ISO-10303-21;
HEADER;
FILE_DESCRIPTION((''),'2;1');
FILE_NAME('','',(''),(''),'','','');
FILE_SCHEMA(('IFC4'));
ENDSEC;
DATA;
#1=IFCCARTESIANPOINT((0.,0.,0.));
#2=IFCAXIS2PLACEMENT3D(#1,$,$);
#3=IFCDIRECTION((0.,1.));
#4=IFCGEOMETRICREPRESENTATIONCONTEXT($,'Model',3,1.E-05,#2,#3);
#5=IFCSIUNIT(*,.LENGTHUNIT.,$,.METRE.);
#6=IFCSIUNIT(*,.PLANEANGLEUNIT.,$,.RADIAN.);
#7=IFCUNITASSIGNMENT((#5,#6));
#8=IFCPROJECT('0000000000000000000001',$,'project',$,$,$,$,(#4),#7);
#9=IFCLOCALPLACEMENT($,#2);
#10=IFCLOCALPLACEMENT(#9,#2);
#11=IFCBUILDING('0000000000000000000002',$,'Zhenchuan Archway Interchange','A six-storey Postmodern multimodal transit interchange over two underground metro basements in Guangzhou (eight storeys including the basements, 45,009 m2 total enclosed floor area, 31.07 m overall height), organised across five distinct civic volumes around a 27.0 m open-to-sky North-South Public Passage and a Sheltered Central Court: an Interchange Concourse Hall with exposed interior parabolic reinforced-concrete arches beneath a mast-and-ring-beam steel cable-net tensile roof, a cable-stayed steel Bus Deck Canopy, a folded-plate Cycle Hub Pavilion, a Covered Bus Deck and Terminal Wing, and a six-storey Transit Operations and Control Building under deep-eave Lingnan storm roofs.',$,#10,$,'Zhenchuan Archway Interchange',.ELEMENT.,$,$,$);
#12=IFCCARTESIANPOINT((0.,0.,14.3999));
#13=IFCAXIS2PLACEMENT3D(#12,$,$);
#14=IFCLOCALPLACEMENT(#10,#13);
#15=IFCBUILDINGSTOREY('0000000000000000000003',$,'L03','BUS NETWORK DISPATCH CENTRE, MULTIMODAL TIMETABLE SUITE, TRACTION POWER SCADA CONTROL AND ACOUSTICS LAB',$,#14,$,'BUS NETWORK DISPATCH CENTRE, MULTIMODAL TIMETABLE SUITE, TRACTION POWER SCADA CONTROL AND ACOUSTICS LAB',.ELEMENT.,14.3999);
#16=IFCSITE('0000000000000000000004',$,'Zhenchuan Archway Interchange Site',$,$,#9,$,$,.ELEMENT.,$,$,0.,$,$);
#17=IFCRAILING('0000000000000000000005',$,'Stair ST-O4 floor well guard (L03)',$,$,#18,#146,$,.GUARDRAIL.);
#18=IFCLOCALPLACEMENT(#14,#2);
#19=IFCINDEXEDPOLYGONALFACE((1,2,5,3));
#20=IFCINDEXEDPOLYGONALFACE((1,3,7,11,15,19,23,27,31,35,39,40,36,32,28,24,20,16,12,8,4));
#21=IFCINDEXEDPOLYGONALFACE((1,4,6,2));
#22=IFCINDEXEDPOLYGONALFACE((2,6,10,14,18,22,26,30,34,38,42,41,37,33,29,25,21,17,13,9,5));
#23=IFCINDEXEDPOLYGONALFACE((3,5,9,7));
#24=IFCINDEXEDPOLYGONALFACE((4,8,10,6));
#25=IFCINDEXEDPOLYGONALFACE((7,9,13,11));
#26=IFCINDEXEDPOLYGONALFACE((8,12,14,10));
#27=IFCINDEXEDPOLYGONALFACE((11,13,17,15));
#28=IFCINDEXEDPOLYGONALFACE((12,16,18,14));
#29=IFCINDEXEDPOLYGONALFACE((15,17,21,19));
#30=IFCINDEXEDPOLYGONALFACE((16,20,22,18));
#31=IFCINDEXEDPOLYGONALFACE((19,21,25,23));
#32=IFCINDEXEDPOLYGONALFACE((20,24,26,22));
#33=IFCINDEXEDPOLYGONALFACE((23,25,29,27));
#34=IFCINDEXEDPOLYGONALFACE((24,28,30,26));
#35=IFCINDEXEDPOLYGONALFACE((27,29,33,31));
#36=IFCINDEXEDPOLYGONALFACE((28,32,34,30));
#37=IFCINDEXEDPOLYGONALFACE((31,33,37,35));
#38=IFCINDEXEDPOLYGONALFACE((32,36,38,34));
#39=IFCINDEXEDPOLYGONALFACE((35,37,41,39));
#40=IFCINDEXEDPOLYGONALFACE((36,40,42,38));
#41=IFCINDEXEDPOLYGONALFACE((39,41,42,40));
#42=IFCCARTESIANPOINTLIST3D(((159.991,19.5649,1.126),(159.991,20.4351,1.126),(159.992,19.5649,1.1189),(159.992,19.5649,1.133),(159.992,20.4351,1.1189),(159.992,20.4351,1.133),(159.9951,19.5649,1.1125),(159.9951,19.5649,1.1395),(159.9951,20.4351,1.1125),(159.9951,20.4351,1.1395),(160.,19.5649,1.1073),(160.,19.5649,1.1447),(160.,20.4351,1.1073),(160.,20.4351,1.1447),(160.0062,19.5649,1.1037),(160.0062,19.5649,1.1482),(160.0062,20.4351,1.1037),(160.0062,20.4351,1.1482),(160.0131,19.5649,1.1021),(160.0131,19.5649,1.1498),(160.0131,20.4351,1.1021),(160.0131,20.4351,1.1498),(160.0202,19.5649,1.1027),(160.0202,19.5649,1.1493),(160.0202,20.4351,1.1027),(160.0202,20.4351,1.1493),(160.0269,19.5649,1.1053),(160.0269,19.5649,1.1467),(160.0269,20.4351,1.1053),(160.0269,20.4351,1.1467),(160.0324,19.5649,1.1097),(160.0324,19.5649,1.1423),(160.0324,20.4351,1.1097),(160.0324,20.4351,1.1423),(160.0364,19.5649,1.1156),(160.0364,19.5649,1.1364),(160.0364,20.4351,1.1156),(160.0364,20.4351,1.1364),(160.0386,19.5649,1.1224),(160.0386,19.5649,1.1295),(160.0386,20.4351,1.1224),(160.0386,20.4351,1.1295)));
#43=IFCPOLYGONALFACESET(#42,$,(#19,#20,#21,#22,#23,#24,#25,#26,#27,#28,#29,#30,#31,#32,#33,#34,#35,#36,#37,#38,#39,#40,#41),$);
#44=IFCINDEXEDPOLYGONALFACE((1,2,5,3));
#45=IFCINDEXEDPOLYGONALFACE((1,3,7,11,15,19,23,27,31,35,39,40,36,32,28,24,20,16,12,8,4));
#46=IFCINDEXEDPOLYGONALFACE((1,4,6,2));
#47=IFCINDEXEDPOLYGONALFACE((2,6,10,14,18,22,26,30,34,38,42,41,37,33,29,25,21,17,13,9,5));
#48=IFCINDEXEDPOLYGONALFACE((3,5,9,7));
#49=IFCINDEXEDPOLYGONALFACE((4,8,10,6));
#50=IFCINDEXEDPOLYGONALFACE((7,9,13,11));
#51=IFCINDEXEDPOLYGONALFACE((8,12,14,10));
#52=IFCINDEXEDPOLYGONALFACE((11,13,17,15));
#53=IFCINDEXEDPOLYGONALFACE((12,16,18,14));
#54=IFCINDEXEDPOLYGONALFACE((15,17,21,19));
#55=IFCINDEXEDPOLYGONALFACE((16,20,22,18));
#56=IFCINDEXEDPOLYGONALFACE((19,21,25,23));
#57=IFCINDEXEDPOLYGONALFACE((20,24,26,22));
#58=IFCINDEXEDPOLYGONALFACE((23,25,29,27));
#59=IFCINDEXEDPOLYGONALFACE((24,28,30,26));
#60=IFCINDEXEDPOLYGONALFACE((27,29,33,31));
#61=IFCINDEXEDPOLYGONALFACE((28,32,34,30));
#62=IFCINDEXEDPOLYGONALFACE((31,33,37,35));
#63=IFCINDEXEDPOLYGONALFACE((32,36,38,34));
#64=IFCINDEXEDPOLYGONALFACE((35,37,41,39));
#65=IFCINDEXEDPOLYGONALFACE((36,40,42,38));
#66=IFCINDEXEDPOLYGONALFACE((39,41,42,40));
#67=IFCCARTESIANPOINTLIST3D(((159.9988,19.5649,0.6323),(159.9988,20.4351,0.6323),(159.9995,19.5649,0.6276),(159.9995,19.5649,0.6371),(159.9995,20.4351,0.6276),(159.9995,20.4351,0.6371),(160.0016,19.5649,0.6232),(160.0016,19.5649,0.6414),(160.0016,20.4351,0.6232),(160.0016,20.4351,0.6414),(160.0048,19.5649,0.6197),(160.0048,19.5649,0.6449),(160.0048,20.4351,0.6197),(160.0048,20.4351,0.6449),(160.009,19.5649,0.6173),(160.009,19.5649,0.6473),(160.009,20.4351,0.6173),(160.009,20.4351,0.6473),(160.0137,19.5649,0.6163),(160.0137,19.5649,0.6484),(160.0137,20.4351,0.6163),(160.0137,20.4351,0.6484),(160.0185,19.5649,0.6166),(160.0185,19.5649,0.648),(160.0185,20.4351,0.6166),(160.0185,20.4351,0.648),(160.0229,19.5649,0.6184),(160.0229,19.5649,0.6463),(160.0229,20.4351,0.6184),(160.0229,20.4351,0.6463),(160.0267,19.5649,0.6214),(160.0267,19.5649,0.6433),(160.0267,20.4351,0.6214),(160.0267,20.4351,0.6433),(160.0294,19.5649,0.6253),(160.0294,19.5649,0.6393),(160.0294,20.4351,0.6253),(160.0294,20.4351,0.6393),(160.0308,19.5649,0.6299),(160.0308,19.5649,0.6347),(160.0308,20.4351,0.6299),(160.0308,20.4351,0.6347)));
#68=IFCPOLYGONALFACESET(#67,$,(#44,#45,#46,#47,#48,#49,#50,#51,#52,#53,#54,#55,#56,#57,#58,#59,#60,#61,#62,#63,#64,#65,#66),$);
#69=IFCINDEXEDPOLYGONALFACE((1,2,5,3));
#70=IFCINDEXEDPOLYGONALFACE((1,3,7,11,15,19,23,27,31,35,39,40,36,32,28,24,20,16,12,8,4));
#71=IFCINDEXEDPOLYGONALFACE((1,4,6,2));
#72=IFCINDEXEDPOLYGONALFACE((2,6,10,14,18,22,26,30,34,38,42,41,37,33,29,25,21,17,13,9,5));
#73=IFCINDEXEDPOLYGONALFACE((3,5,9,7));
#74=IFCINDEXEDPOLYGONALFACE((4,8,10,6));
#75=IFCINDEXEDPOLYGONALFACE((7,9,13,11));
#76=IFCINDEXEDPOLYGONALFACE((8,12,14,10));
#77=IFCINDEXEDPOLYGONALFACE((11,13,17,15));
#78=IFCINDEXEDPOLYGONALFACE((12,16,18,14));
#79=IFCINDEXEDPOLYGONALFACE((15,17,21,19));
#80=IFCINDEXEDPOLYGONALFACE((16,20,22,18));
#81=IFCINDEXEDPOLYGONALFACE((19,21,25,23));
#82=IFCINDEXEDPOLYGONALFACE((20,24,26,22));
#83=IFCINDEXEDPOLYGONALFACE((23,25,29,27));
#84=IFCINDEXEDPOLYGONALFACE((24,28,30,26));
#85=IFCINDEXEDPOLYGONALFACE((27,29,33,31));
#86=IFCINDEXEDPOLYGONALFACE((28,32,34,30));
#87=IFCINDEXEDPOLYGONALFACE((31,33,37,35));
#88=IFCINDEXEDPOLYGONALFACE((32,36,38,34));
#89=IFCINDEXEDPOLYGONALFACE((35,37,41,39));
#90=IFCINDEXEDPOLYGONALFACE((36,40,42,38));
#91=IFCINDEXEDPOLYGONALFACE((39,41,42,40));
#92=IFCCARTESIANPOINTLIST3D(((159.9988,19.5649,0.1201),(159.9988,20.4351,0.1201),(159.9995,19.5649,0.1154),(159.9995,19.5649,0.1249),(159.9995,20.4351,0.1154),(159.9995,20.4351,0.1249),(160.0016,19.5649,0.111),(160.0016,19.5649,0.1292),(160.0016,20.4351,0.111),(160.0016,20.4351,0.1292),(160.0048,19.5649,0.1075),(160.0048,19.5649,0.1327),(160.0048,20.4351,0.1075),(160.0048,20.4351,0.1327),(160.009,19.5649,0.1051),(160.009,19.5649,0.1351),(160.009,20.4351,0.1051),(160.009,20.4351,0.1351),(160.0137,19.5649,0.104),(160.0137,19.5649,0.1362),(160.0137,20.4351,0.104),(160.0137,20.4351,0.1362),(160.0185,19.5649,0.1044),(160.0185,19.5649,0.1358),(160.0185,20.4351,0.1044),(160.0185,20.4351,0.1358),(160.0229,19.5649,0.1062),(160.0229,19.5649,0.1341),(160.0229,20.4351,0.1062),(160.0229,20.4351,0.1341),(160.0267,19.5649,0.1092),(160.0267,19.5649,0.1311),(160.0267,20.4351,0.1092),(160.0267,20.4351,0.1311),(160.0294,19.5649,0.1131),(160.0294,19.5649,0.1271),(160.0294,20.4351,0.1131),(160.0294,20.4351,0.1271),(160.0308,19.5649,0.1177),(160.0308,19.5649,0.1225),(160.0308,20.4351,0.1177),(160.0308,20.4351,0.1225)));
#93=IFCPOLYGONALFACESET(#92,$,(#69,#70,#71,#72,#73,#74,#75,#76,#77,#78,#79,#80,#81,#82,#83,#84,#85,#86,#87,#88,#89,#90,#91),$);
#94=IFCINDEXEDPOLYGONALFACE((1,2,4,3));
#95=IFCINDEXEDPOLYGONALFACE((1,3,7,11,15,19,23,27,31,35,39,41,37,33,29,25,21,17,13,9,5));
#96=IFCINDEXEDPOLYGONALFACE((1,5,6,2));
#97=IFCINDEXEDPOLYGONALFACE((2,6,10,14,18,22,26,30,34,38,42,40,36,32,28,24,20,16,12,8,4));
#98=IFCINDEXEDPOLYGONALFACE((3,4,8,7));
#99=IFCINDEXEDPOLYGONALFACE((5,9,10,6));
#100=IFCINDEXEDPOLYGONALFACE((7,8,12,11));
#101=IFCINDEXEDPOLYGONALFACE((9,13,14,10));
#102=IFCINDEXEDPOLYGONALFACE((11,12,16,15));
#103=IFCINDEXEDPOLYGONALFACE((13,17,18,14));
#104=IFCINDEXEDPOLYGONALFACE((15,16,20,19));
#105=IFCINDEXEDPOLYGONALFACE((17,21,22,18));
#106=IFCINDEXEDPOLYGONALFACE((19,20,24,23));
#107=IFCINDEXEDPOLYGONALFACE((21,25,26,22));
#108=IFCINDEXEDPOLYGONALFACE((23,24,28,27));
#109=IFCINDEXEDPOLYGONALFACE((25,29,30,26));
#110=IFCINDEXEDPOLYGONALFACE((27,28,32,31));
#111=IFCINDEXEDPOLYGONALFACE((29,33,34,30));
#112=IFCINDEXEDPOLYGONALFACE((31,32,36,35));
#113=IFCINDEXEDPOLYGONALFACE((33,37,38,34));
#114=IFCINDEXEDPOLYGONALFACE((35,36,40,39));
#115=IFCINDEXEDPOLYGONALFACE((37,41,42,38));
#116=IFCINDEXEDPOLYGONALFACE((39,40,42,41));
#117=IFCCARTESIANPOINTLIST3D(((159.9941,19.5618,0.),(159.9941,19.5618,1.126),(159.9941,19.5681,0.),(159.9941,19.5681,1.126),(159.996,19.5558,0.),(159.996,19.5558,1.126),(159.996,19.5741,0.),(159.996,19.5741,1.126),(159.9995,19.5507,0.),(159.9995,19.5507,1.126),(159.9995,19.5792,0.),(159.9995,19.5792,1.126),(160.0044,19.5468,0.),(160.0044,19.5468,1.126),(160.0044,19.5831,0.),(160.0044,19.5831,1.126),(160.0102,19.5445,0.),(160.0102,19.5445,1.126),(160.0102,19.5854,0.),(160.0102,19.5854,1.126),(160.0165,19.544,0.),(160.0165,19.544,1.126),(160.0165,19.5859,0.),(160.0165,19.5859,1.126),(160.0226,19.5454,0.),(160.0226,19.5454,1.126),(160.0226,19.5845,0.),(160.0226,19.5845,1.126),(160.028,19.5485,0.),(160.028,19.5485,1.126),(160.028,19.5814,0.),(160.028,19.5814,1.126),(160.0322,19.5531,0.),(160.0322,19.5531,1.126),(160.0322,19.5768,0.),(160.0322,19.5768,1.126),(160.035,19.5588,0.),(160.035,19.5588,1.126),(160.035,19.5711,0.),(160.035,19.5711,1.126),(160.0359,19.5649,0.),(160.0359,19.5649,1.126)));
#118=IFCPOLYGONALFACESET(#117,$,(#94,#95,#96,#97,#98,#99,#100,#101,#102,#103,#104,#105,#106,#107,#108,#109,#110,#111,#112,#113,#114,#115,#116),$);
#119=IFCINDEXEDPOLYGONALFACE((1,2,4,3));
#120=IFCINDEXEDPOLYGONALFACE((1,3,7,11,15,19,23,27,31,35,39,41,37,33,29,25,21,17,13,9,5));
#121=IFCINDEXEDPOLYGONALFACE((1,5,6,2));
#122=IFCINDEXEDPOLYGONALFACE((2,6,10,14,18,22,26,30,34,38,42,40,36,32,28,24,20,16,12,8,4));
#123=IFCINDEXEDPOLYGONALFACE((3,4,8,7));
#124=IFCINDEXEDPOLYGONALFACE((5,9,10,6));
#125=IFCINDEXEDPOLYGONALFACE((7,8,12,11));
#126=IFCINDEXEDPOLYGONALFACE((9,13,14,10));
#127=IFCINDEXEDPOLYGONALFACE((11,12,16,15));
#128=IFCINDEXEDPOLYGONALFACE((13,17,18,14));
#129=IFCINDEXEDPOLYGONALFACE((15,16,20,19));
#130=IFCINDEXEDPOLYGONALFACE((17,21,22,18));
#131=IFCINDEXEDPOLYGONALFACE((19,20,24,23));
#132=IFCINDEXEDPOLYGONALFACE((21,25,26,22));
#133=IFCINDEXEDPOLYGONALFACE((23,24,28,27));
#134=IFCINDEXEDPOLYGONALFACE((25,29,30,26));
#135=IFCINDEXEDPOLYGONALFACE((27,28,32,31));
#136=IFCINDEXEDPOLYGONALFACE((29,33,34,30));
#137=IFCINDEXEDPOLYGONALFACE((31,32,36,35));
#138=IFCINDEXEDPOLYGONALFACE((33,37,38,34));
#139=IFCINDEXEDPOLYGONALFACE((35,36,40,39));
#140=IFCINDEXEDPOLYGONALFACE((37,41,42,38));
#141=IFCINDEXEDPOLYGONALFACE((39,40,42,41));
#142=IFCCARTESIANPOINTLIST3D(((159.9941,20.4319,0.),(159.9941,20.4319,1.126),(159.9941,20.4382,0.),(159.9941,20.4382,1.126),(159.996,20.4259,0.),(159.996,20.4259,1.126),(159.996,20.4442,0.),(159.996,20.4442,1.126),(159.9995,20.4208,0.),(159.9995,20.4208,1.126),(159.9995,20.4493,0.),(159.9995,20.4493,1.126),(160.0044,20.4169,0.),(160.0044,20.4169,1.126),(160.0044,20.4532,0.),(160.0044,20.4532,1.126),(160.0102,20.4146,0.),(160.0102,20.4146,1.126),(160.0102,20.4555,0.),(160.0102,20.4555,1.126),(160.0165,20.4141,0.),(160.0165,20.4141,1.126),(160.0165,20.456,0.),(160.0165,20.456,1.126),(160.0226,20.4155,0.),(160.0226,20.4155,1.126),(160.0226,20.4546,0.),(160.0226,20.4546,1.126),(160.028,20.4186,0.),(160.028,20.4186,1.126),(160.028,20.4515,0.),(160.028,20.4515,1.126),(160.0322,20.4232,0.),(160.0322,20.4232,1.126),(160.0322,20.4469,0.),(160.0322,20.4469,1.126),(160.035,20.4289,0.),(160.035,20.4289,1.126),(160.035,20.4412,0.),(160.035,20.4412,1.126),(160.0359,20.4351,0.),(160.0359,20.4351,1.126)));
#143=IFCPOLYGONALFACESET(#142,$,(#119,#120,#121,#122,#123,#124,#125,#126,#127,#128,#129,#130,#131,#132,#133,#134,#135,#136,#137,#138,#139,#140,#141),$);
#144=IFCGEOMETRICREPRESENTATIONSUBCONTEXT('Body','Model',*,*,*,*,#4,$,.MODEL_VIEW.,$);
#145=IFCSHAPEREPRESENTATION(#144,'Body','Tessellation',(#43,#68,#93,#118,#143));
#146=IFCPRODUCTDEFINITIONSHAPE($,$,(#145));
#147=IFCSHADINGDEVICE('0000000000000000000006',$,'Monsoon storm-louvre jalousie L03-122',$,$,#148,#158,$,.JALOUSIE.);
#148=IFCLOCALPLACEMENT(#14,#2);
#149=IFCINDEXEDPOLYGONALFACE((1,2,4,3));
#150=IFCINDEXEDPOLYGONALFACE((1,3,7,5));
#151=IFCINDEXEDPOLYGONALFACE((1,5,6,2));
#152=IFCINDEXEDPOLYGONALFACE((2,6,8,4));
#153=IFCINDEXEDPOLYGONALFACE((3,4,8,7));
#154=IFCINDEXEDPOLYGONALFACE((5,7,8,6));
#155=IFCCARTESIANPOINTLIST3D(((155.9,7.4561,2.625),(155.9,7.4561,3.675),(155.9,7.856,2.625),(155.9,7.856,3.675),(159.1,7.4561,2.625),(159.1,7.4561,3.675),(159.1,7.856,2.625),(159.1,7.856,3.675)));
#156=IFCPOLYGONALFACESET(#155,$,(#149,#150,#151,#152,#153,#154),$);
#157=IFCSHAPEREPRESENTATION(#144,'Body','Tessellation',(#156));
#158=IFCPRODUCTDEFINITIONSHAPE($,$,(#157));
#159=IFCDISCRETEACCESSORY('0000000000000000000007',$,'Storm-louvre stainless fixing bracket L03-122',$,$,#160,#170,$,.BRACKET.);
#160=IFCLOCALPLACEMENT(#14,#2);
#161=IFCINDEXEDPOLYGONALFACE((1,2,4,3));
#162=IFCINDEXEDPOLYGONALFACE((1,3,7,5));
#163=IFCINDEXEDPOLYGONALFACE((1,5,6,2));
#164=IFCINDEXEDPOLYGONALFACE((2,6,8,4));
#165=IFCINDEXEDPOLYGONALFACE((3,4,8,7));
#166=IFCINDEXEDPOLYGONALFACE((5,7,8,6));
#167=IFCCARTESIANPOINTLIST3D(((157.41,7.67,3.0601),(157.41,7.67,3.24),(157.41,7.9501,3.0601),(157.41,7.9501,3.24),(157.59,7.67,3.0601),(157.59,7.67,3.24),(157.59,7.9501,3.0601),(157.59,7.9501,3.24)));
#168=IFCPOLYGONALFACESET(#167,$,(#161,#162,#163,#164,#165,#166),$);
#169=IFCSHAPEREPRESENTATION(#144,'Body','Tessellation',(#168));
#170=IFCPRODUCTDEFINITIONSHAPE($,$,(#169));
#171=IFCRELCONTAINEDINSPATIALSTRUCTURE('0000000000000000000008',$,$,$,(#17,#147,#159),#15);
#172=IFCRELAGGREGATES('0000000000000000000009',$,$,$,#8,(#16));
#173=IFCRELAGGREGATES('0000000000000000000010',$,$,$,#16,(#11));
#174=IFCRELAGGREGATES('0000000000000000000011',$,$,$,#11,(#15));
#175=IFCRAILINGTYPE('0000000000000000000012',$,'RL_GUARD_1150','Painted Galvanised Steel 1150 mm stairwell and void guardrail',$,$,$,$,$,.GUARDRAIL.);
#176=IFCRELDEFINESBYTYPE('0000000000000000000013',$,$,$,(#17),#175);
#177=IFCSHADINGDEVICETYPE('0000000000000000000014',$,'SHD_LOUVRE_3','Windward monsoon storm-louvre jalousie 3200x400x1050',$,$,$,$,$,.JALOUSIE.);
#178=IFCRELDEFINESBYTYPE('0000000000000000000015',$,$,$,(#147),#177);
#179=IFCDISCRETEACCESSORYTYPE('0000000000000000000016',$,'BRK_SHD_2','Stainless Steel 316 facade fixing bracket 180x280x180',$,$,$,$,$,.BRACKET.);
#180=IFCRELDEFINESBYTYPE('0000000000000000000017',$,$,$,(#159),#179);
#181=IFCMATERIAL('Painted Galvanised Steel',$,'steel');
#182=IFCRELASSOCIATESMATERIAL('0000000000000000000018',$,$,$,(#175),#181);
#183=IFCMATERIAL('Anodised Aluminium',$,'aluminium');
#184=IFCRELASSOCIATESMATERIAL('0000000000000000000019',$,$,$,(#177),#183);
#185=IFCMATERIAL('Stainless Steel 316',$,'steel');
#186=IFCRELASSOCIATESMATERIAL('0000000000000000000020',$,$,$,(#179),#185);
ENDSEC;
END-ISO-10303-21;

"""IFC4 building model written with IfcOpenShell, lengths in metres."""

from ifc_helpers import new_model, si_unit, direction, frame, origin, origin_2d, place, context, subcontext, project, spatial, rectangle, circle, extrude, material, type_object, element, save


model = new_model("IFC4")

# Units and contexts
model_context = context("Model", 3, precision=1e-05, world=origin(), true_north=direction((0.0, 1.0)))
body_context = subcontext(model_context, "Body", "Model", "MODEL_VIEW")
ifc_project = project(units=[si_unit("LENGTHUNIT", "METRE"), si_unit("PLANEANGLEUNIT", "RADIAN")], contexts=[model_context])

# Site, building, storey
site_placement = place(None, origin())
site = spatial("IfcSite", under=ifc_project, at=site_placement, Name="Zhenchuan Archway Interchange Site", CompositionType="ELEMENT", RefElevation=0.0)
building_placement = place(site_placement, origin())
building = spatial("IfcBuilding", under=site, at=building_placement, Name="Zhenchuan Archway Interchange", Description="A six-storey Postmodern multimodal transit interchange over two underground metro basements in Guangzhou (eight storeys including the basements, 45,009 m2 total enclosed floor area, 31.07 m overall height), organised across five distinct civic volumes around a 27.0 m open-to-sky North-South Public Passage and a Sheltered Central Court: an Interchange Concourse Hall with exposed interior parabolic reinforced-concrete arches beneath a mast-and-ring-beam steel cable-net tensile roof, a cable-stayed steel Bus Deck Canopy, a folded-plate Cycle Hub Pavilion, a Covered Bus Deck and Terminal Wing, and a six-storey Transit Operations and Control Building under deep-eave Lingnan storm roofs.", LongName="Zhenchuan Archway Interchange", CompositionType="ELEMENT")
storey_placement = place(building_placement, frame((0.0, 0.0, 14.3999)))
storey = spatial("IfcBuildingStorey", under=building, at=storey_placement, Name="L03", Description="BUS NETWORK DISPATCH CENTRE, MULTIMODAL TIMETABLE SUITE, TRACTION POWER SCADA CONTROL AND ACOUSTICS LAB", LongName="BUS NETWORK DISPATCH CENTRE, MULTIMODAL TIMETABLE SUITE, TRACTION POWER SCADA CONTROL AND ACOUSTICS LAB", CompositionType="ELEMENT", Elevation=14.3999)

# Shared definitions
ifc_material_1 = material(Name="Anodised Aluminium", Category="aluminium")

# Shared definitions
ifc_material_2 = material(Name="Painted Galvanised Steel", Category="steel")

# Railing
railing_type_1 = type_object("IfcRailingType", Name="RL_GUARD_1150", Description="Painted Galvanised Steel 1150 mm stairwell and void guardrail", PredefinedType="GUARDRAIL", material=ifc_material_2)
for number, where, name in (
    (1, (160.0149, 19.5649, 0.0), "Stair ST-O4 floor well guard (L03)"),
):
    element("IfcRailing", number, at=place(storey_placement, frame(where)), inside=storey, type_object=railing_type_1, Name=name, PredefinedType="GUARDRAIL", context=body_context, shape_type="SweptSolid", body=[
        extrude(circle(Radius=0.0239, at=origin_2d()), frame((0.0, 0.0, 1.126), z_axis=(0.0, 1.0, 0.0), x_axis=(-1.0, 0.0, 0.0)), (0.0, 0.0, 1.0), 0.8701),
        extrude(circle(Radius=0.0161, at=origin_2d()), frame((0.0, 0.0, 0.6323), z_axis=(0.0, 1.0, 0.0), x_axis=(-1.0, 0.0, 0.0)), (0.0, 0.0, 1.0), 0.8701),
        extrude(circle(Radius=0.0161, at=origin_2d()), frame((0.0, 0.0, 0.1201), z_axis=(0.0, 1.0, 0.0), x_axis=(-1.0, 0.0, 0.0)), (0.0, 0.0, 1.0), 0.8701),
        extrude(circle(Radius=0.021, at=origin_2d()), origin(), (0.0, 0.0, 1.0), 1.126),
        extrude(circle(Radius=0.021, at=origin_2d()), frame((0.0, 0.8701, 0.0)), (0.0, 0.0, 1.0), 1.126),
    ])

# Shading device
shading_device_type = type_object("IfcShadingDeviceType", Name="SHD_LOUVRE_3", Description="Windward monsoon storm-louvre jalousie 3200x400x1050", PredefinedType="JALOUSIE", material=ifc_material_1)
shading_device_placement = place(storey_placement, frame((157.5, 7.656, 2.625), z_axis=(0.0, 0.0, 1.0), x_axis=(-1.0, 0.0, 0.0)))
element("IfcShadingDevice", 2, at=shading_device_placement, inside=storey, type_object=shading_device_type, Name="Monsoon storm-louvre jalousie L03-122", PredefinedType="JALOUSIE", context=body_context, shape_type="SweptSolid", body=[
    extrude(rectangle(XDim=3.2, YDim=0.3999, at=origin_2d()), origin(), (0.0, 0.0, 1.0), 1.05),
])

# Discrete accessory
ifc_material_3 = material(Name="Stainless Steel 316", Category="steel")
discrete_accessory_type = type_object("IfcDiscreteAccessoryType", Name="BRK_SHD_2", Description="Stainless Steel 316 facade fixing bracket 180x280x180", PredefinedType="BRACKET", material=ifc_material_3)
discrete_accessory_placement = place(storey_placement, frame((157.5, 7.8101, 3.0601), z_axis=(0.0, 0.0, 1.0), x_axis=(-1.0, 0.0, 0.0)))
element("IfcDiscreteAccessory", 3, at=discrete_accessory_placement, inside=storey, type_object=discrete_accessory_type, Name="Storm-louvre stainless fixing bracket L03-122", PredefinedType="BRACKET", context=body_context, shape_type="SweptSolid", body=[
    extrude(rectangle(XDim=0.1799, YDim=0.28, at=origin_2d()), origin(), (0.0, 0.0, 1.0), 0.1799),
])

save(model, "model.ifc")
